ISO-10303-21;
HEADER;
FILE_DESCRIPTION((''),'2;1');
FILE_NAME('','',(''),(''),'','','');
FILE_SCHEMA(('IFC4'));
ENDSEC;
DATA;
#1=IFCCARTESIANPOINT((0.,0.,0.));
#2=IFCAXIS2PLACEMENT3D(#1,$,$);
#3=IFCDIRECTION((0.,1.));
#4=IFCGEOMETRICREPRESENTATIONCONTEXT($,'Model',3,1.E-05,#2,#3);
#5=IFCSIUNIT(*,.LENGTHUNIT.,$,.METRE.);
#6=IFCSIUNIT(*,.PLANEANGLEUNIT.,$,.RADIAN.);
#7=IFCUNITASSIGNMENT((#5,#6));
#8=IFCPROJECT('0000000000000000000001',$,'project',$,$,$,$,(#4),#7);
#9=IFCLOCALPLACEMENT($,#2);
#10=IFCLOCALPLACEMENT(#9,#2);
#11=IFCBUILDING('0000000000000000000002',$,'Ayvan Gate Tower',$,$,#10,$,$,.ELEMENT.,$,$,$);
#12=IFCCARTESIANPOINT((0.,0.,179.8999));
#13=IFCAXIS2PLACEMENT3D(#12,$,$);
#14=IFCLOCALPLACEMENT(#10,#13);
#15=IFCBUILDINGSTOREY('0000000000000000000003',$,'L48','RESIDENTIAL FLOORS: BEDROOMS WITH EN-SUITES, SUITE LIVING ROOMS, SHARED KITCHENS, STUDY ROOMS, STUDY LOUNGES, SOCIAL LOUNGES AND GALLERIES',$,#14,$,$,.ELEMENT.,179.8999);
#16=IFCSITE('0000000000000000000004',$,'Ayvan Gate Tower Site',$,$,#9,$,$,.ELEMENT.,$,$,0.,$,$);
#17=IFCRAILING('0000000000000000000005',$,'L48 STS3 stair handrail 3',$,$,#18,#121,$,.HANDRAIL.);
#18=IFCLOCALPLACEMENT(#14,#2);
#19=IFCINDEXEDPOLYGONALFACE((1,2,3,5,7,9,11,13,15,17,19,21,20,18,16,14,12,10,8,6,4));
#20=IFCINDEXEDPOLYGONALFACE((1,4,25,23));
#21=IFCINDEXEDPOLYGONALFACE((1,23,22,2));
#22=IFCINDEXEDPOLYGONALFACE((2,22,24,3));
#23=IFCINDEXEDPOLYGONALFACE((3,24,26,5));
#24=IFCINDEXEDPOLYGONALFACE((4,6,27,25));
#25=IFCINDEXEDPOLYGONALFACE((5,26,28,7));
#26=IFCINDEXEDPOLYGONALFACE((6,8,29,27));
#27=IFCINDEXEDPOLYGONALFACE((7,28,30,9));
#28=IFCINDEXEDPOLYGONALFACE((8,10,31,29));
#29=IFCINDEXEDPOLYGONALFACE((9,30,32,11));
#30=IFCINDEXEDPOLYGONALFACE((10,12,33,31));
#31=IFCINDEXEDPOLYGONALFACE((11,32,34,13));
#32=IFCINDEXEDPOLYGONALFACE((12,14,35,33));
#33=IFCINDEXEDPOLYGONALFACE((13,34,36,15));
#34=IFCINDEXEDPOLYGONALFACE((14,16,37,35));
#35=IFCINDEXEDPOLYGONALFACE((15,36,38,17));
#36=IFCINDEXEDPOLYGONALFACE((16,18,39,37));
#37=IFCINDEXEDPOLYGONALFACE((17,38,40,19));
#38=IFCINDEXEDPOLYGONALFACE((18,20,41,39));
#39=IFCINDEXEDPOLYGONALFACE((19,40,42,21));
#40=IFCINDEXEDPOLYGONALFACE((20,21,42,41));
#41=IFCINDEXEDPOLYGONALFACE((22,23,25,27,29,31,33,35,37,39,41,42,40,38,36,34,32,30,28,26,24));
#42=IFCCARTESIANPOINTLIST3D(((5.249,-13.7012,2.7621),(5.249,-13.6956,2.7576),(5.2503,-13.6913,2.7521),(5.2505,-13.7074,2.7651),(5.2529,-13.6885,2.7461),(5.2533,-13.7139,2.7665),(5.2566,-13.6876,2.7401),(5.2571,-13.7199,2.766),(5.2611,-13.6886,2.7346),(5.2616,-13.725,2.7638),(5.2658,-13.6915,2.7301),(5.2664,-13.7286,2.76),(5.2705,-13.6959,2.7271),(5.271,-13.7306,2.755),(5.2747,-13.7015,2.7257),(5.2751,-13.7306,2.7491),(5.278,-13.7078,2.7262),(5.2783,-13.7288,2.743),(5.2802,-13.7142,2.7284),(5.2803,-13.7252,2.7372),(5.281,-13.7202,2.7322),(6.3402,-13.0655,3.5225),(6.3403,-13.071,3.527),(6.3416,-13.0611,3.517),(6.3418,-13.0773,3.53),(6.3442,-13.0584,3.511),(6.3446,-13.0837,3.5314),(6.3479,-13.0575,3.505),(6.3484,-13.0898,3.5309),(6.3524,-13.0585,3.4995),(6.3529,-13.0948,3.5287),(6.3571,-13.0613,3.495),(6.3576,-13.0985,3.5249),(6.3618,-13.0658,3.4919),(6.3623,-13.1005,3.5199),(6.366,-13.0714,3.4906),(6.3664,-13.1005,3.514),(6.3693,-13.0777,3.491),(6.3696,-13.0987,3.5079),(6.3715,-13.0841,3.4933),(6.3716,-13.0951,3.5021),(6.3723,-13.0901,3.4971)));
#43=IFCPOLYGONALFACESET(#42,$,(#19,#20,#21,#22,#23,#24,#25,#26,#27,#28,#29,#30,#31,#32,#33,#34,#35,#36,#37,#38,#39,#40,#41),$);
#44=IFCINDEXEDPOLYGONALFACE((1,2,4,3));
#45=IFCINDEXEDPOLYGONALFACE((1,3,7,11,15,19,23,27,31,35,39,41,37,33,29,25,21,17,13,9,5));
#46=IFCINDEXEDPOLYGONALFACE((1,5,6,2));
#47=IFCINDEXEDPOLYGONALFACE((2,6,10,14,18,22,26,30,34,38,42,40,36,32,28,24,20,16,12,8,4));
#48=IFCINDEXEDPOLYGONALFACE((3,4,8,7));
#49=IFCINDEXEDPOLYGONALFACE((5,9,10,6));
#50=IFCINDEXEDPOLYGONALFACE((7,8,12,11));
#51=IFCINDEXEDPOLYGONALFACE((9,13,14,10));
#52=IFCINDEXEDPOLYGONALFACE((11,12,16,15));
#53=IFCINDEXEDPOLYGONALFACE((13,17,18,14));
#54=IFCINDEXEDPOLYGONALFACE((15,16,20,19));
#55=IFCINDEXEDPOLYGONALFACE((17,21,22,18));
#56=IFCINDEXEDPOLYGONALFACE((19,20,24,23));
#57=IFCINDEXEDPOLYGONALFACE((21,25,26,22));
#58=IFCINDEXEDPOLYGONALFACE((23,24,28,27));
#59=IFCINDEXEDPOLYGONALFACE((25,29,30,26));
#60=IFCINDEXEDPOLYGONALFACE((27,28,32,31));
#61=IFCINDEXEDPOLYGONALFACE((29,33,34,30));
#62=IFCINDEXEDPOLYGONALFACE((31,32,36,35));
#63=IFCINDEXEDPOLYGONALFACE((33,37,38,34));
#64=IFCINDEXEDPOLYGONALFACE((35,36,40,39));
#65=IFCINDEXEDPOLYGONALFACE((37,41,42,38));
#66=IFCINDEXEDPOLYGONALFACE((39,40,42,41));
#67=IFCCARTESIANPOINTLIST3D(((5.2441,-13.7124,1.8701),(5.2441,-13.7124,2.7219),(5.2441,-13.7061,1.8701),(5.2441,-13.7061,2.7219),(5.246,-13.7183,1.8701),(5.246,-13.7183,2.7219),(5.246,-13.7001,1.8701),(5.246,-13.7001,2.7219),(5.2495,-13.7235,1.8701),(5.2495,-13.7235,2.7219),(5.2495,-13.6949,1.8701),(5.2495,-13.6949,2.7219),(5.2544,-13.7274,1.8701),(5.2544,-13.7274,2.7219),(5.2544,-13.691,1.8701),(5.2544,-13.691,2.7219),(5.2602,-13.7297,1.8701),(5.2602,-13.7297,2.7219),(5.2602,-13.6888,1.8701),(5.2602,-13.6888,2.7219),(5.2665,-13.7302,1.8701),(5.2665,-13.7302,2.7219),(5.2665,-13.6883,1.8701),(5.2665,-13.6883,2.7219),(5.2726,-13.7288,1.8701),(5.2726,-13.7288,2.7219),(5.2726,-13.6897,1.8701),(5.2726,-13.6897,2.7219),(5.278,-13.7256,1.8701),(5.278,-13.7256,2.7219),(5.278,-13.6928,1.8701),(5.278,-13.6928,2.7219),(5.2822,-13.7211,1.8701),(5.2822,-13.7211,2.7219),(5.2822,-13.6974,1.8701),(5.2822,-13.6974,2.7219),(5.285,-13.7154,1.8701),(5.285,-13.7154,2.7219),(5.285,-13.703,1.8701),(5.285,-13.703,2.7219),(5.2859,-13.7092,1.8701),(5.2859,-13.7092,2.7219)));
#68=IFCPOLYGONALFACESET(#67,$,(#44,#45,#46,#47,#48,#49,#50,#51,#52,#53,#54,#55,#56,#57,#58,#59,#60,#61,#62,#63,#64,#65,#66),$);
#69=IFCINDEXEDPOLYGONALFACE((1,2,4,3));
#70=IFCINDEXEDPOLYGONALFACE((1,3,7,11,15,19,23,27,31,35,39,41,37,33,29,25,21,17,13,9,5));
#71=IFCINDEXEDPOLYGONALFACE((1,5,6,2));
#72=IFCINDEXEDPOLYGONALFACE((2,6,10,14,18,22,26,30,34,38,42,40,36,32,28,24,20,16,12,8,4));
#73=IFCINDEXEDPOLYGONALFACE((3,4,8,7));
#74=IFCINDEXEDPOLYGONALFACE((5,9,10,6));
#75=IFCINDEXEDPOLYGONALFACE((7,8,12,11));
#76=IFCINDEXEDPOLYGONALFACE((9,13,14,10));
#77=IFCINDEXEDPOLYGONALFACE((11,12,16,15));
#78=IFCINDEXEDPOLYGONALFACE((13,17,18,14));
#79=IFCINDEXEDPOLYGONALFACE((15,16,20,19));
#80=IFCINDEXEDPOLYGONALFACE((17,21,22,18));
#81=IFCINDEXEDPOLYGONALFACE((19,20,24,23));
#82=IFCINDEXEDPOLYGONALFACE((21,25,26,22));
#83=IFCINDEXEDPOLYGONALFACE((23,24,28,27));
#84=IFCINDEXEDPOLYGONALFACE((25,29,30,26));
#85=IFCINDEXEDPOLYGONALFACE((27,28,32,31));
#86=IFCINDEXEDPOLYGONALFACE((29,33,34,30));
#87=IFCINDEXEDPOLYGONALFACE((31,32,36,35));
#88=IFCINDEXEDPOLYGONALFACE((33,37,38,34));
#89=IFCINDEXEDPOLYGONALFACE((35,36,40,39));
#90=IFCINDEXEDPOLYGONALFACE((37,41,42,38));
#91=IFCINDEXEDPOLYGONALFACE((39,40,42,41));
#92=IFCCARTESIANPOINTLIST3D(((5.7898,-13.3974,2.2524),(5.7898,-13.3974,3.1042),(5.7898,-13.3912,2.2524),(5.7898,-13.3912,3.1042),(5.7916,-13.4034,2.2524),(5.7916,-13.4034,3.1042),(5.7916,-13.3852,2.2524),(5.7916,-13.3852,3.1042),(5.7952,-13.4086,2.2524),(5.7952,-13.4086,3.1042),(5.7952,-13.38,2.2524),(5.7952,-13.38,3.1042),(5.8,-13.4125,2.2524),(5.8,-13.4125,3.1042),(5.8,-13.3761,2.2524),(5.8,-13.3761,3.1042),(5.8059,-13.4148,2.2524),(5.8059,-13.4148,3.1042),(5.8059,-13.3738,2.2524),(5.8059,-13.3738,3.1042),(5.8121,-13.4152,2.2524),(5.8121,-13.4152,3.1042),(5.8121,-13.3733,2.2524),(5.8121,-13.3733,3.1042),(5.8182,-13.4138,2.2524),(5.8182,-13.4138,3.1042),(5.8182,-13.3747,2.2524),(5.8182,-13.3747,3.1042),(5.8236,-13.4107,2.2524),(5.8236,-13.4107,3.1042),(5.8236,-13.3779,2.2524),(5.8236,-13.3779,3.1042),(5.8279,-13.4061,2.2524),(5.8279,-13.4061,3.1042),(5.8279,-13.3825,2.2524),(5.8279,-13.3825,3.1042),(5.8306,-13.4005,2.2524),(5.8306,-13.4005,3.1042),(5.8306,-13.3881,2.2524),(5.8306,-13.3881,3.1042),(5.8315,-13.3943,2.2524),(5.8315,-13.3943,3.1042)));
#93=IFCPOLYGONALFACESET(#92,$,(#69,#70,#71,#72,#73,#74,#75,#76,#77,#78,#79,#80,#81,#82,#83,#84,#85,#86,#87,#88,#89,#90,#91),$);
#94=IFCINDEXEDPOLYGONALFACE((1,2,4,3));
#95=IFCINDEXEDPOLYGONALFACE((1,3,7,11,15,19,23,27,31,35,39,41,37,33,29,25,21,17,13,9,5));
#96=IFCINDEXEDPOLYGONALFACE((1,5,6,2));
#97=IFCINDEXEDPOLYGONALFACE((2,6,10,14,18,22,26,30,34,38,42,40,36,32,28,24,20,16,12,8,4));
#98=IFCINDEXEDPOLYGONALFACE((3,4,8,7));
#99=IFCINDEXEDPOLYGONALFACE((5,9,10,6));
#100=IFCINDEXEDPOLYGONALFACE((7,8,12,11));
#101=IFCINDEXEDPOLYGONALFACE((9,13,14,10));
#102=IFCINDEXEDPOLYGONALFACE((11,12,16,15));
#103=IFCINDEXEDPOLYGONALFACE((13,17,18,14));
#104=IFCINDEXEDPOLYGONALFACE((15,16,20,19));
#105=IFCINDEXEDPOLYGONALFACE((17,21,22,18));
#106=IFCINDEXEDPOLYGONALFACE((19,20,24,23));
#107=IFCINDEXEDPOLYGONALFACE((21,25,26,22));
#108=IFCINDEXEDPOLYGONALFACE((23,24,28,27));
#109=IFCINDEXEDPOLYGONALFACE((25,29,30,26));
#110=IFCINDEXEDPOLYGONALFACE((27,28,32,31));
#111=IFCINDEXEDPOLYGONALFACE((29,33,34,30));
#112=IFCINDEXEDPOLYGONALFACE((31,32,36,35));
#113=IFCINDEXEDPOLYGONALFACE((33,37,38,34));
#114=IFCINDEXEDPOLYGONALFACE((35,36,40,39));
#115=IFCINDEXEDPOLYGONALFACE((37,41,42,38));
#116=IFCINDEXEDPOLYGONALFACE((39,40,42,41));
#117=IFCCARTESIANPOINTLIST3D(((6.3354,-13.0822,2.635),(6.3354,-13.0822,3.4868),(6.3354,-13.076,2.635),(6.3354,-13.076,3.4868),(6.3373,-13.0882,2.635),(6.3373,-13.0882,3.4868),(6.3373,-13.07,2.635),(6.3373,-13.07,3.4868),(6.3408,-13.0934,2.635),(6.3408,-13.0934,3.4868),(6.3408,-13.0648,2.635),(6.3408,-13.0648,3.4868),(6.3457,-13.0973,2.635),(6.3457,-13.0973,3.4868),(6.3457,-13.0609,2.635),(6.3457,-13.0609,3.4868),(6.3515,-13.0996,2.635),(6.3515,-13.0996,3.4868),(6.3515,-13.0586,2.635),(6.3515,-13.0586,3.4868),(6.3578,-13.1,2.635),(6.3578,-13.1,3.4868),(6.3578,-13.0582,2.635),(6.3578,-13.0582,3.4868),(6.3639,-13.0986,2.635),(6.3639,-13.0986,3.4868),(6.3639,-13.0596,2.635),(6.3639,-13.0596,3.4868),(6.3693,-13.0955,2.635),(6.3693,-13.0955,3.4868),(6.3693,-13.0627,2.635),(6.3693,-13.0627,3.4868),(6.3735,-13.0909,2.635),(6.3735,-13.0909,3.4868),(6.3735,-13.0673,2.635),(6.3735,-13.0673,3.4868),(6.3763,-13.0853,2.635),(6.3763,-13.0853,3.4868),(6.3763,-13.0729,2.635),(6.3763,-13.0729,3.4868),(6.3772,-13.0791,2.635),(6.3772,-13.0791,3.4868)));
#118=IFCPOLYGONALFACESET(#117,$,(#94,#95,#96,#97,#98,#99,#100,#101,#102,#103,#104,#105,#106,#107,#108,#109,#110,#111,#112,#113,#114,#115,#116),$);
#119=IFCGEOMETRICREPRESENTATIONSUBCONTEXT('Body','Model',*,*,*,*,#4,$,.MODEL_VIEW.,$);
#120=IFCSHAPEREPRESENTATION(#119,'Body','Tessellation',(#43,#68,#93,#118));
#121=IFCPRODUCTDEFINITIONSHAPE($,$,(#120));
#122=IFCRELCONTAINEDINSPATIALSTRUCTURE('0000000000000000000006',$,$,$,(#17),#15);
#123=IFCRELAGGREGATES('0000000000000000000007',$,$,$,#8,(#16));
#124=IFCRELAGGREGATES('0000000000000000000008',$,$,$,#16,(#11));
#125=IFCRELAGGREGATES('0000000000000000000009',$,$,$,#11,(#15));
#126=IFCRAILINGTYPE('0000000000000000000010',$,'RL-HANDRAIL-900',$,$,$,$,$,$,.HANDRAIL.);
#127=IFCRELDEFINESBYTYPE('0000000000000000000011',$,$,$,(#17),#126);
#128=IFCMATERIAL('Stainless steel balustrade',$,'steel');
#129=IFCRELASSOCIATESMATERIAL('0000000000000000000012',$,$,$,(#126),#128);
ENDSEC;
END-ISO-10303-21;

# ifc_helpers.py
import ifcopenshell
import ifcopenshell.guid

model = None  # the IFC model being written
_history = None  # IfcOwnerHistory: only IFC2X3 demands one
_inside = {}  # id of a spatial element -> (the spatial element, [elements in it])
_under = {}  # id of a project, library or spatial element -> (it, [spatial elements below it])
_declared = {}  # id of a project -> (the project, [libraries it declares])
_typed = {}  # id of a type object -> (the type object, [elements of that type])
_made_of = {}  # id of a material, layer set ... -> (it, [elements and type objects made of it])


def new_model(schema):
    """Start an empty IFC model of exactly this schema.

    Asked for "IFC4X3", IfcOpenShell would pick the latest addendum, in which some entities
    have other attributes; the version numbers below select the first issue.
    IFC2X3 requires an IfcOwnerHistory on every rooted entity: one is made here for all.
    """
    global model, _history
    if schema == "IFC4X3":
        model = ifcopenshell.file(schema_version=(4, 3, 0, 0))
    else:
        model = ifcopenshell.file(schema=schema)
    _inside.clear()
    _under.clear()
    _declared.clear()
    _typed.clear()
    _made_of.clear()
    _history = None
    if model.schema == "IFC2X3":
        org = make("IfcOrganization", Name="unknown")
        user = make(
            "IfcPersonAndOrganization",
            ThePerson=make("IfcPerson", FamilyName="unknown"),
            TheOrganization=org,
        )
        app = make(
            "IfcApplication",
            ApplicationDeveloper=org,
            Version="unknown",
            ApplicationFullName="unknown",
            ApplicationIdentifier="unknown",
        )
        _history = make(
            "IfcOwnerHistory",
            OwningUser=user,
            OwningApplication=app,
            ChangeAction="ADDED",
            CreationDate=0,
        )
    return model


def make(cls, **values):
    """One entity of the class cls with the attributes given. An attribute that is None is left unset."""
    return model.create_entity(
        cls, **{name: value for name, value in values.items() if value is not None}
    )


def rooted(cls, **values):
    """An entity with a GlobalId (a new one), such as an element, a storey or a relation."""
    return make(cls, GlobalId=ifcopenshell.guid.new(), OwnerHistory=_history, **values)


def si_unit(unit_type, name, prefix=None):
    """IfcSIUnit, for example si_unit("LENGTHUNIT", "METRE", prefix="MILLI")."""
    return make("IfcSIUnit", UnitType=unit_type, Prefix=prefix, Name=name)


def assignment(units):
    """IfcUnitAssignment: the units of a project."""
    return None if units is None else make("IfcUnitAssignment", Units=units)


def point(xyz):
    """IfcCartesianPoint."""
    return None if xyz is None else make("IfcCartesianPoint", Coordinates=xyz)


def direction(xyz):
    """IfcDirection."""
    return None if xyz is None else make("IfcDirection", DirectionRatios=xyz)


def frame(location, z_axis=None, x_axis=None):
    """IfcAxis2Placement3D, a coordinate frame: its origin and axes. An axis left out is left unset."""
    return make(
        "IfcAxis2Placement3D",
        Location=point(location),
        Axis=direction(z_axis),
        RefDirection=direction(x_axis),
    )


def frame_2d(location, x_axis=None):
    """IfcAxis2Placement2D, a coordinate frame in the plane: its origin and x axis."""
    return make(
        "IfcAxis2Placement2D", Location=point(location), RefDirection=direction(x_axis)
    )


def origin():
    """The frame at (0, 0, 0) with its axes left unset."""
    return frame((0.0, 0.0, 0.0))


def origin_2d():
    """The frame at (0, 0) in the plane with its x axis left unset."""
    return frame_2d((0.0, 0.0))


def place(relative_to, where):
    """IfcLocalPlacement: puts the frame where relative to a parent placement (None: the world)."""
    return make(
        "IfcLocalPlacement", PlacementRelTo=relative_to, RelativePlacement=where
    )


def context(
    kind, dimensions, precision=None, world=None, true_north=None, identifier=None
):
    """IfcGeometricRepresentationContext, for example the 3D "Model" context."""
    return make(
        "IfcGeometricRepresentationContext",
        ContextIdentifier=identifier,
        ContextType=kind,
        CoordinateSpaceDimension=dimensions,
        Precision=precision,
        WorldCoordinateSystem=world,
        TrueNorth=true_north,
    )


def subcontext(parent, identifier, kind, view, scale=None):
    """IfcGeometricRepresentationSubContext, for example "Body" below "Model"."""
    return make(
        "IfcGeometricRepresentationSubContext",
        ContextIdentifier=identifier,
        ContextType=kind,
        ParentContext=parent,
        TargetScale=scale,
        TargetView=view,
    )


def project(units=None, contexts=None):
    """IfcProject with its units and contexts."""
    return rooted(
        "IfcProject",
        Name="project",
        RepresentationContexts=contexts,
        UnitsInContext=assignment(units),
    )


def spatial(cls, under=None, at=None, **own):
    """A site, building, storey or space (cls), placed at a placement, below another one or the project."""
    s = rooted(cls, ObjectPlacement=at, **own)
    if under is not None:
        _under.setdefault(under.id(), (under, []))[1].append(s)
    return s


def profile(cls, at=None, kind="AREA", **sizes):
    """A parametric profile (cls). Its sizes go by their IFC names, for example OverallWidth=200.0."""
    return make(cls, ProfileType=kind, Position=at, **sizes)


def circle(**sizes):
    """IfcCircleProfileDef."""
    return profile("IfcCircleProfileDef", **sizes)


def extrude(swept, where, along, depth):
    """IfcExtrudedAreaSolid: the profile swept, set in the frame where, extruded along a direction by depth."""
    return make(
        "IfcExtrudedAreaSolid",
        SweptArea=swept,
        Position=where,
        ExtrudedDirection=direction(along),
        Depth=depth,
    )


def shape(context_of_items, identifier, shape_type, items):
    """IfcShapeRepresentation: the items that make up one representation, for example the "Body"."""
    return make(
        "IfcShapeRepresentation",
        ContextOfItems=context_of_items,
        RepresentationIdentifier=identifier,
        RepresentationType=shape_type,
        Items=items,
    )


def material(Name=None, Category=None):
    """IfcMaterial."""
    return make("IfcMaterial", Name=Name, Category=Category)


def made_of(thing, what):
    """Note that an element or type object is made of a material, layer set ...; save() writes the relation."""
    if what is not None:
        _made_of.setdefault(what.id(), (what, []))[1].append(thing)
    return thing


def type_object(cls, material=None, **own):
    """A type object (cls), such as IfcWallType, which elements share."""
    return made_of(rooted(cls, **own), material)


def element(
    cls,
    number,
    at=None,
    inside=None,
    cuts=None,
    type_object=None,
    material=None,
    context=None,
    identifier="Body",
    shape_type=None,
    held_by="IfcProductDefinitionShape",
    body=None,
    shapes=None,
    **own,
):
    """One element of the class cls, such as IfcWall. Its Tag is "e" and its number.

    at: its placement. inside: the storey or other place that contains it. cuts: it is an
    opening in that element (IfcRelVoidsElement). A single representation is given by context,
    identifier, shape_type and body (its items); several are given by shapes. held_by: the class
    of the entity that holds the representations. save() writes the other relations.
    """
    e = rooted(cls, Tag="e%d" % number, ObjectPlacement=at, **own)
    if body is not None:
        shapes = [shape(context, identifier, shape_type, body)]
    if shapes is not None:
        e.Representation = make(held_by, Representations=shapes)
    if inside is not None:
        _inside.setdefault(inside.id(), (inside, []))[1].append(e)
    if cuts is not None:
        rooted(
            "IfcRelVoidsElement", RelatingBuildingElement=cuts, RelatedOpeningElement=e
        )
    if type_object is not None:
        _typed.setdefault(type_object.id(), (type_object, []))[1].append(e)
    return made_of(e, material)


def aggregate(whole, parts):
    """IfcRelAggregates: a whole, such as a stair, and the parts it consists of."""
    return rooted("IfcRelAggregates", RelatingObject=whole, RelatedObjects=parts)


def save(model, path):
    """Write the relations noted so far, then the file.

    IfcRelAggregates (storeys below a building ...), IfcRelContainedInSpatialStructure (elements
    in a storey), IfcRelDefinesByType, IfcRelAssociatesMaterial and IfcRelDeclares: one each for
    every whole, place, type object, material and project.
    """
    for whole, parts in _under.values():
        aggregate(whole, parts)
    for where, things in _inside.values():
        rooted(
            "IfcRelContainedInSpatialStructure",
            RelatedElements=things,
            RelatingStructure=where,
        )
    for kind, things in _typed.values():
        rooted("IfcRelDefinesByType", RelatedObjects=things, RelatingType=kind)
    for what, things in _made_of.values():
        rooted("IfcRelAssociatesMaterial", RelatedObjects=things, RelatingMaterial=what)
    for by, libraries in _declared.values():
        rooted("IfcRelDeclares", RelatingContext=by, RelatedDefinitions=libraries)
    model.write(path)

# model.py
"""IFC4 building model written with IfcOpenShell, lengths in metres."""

from ifc_helpers import new_model, si_unit, direction, frame, origin, origin_2d, place, context, subcontext, project, spatial, circle, extrude, material, type_object, element, save


model = new_model("IFC4")

# Units and contexts
model_context = context("Model", 3, precision=1e-05, world=origin(), true_north=direction((0.0, 1.0)))
body_context = subcontext(model_context, "Body", "Model", "MODEL_VIEW")
ifc_project = project(units=[si_unit("LENGTHUNIT", "METRE"), si_unit("PLANEANGLEUNIT", "RADIAN")], contexts=[model_context])

# Site, building, storey
site_placement = place(None, origin())
site = spatial("IfcSite", under=ifc_project, at=site_placement, Name="Ayvan Gate Tower Site", CompositionType="ELEMENT", RefElevation=0.0)
building_placement = place(site_placement, origin())
building = spatial("IfcBuilding", under=site, at=building_placement, Name="Ayvan Gate Tower", CompositionType="ELEMENT")
storey_placement = place(building_placement, frame((0.0, 0.0, 179.8999)))
storey = spatial("IfcBuildingStorey", under=building, at=storey_placement, Name="L48", Description="RESIDENTIAL FLOORS: BEDROOMS WITH EN-SUITES, SUITE LIVING ROOMS, SHARED KITCHENS, STUDY ROOMS, STUDY LOUNGES, SOCIAL LOUNGES AND GALLERIES", CompositionType="ELEMENT", Elevation=179.8999)

# Railing
ifc_material_1 = material(Name="Stainless steel balustrade", Category="steel")
railing_type_1 = type_object("IfcRailingType", Name="RL-HANDRAIL-900", PredefinedType="HANDRAIL", material=ifc_material_1)
railing_1_placement = place(storey_placement, frame((5.2649, -13.7092, 1.8701)))
element("IfcRailing", 1, at=railing_1_placement, inside=storey, type_object=railing_type_1, Name="L48 STS3 stair handrail 3", PredefinedType="HANDRAIL", context=body_context, shape_type="SweptSolid", body=[
    extrude(circle(Radius=0.0239, at=origin_2d()), frame((0.0, 0.0, 0.876), z_axis=(0.740304, 0.427455, 0.518875), x_axis=(-0.500035, 0.866005, 0.0)), (0.0, 0.0, 1.0), 1.4741),
    extrude(circle(Radius=0.021, at=origin_2d()), origin(), (0.0, 0.0, 1.0), 0.8518),
    extrude(circle(Radius=0.021, at=origin_2d()), frame((0.5457, 0.3149, 0.3823)), (0.0, 0.0, 1.0), 0.8518),
    extrude(circle(Radius=0.021, at=origin_2d()), frame((1.0913, 0.6301, 0.7649)), (0.0, 0.0, 1.0), 0.8518),
])

save(model, "model.ifc")
